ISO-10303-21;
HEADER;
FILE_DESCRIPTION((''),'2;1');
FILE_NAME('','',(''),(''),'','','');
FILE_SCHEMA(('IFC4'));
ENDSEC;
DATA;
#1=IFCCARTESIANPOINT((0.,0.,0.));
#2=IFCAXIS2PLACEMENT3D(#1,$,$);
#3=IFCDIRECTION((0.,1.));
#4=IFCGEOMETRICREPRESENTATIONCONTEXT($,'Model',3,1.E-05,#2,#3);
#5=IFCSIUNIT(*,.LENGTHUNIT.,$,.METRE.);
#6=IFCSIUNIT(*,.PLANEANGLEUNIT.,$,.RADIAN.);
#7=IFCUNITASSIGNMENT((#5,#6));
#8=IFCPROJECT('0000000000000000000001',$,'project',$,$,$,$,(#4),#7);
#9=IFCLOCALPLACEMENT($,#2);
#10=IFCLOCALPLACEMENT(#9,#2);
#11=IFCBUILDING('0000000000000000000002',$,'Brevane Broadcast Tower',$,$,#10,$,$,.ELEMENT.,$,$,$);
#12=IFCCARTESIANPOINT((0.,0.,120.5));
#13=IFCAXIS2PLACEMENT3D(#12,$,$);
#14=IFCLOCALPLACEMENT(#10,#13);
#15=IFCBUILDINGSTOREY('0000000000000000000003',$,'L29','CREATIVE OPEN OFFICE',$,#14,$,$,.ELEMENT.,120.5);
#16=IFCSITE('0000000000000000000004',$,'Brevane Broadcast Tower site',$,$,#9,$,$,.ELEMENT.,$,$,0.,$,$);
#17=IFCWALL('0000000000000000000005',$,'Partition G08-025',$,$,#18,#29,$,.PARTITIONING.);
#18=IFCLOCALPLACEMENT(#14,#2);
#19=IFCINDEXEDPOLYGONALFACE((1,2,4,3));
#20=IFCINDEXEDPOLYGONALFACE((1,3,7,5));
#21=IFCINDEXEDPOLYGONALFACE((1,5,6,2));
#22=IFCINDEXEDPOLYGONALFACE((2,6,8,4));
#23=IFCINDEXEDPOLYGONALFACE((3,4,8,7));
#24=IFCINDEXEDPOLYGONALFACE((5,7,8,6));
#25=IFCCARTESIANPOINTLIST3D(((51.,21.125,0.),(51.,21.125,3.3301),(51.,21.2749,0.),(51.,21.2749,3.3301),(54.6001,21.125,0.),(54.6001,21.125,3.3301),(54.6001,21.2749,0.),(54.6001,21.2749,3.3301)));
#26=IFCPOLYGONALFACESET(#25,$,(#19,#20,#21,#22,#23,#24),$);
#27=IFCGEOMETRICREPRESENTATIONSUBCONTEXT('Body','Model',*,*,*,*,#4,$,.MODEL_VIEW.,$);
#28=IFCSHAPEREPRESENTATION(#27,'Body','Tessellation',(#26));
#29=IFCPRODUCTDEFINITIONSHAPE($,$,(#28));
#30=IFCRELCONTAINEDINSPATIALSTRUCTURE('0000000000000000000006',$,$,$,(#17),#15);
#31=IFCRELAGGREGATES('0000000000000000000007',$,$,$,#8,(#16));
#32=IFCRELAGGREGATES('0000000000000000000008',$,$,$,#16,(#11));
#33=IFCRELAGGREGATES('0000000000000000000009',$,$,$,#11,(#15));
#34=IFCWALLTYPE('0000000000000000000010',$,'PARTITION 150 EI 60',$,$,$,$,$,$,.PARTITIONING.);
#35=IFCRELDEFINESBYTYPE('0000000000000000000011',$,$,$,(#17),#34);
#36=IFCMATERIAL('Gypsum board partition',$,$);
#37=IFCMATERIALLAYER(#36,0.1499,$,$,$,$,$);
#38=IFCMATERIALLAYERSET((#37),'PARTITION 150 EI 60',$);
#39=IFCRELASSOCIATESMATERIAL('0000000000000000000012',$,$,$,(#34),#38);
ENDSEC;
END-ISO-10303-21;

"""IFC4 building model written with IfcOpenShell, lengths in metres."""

from ifc_helpers import new_model, si_unit, direction, frame, frame_2d, origin, place, context, subcontext, project, spatial, rectangle, extrude, material, layer, layer_set, type_object, element, save


model = new_model("IFC4")

# Units and contexts
model_context = context("Model", 3, precision=1e-05, world=origin(), true_north=direction((0.0, 1.0)))
body_context = subcontext(model_context, "Body", "Model", "MODEL_VIEW")
ifc_project = project(units=[si_unit("LENGTHUNIT", "METRE"), si_unit("PLANEANGLEUNIT", "RADIAN")], contexts=[model_context])

# Site, building, storey
site_placement = place(None, origin())
site = spatial("IfcSite", under=ifc_project, at=site_placement, Name="Brevane Broadcast Tower site", CompositionType="ELEMENT", RefElevation=0.0)
building_placement = place(site_placement, origin())
building = spatial("IfcBuilding", under=site, at=building_placement, Name="Brevane Broadcast Tower", CompositionType="ELEMENT")
storey_placement = place(building_placement, frame((0.0, 0.0, 120.5)))
storey = spatial("IfcBuildingStorey", under=building, at=storey_placement, Name="L29", Description="CREATIVE OPEN OFFICE", CompositionType="ELEMENT", Elevation=120.5)

# Shared definitions
ifc_material_1 = material(Name="Gypsum board partition")
ifc_layer_1 = layer(ifc_material_1, 0.1499)
ifc_layer_set_1 = layer_set([ifc_layer_1], Name="PARTITION 150 EI 60")
wall_type_1 = type_object("IfcWallType", Name="PARTITION 150 EI 60", PredefinedType="PARTITIONING", material=ifc_layer_set_1)

# Wall
wall_1_placement = place(storey_placement, frame((51.0, 21.2, 0.0), z_axis=(0.0, 0.0, 1.0), x_axis=(1.0, 0.0, 0.0)))
element("IfcWall", 1, at=wall_1_placement, inside=storey, type_object=wall_type_1, Name="Partition G08-025", PredefinedType="PARTITIONING", context=body_context, shape_type="SweptSolid", body=[
    extrude(rectangle(XDim=3.6001, YDim=0.1499, at=frame_2d((1.8, 0.0))), origin(), (0.0, 0.0, 1.0), 3.3301),
])

save(model, "model.ifc")
